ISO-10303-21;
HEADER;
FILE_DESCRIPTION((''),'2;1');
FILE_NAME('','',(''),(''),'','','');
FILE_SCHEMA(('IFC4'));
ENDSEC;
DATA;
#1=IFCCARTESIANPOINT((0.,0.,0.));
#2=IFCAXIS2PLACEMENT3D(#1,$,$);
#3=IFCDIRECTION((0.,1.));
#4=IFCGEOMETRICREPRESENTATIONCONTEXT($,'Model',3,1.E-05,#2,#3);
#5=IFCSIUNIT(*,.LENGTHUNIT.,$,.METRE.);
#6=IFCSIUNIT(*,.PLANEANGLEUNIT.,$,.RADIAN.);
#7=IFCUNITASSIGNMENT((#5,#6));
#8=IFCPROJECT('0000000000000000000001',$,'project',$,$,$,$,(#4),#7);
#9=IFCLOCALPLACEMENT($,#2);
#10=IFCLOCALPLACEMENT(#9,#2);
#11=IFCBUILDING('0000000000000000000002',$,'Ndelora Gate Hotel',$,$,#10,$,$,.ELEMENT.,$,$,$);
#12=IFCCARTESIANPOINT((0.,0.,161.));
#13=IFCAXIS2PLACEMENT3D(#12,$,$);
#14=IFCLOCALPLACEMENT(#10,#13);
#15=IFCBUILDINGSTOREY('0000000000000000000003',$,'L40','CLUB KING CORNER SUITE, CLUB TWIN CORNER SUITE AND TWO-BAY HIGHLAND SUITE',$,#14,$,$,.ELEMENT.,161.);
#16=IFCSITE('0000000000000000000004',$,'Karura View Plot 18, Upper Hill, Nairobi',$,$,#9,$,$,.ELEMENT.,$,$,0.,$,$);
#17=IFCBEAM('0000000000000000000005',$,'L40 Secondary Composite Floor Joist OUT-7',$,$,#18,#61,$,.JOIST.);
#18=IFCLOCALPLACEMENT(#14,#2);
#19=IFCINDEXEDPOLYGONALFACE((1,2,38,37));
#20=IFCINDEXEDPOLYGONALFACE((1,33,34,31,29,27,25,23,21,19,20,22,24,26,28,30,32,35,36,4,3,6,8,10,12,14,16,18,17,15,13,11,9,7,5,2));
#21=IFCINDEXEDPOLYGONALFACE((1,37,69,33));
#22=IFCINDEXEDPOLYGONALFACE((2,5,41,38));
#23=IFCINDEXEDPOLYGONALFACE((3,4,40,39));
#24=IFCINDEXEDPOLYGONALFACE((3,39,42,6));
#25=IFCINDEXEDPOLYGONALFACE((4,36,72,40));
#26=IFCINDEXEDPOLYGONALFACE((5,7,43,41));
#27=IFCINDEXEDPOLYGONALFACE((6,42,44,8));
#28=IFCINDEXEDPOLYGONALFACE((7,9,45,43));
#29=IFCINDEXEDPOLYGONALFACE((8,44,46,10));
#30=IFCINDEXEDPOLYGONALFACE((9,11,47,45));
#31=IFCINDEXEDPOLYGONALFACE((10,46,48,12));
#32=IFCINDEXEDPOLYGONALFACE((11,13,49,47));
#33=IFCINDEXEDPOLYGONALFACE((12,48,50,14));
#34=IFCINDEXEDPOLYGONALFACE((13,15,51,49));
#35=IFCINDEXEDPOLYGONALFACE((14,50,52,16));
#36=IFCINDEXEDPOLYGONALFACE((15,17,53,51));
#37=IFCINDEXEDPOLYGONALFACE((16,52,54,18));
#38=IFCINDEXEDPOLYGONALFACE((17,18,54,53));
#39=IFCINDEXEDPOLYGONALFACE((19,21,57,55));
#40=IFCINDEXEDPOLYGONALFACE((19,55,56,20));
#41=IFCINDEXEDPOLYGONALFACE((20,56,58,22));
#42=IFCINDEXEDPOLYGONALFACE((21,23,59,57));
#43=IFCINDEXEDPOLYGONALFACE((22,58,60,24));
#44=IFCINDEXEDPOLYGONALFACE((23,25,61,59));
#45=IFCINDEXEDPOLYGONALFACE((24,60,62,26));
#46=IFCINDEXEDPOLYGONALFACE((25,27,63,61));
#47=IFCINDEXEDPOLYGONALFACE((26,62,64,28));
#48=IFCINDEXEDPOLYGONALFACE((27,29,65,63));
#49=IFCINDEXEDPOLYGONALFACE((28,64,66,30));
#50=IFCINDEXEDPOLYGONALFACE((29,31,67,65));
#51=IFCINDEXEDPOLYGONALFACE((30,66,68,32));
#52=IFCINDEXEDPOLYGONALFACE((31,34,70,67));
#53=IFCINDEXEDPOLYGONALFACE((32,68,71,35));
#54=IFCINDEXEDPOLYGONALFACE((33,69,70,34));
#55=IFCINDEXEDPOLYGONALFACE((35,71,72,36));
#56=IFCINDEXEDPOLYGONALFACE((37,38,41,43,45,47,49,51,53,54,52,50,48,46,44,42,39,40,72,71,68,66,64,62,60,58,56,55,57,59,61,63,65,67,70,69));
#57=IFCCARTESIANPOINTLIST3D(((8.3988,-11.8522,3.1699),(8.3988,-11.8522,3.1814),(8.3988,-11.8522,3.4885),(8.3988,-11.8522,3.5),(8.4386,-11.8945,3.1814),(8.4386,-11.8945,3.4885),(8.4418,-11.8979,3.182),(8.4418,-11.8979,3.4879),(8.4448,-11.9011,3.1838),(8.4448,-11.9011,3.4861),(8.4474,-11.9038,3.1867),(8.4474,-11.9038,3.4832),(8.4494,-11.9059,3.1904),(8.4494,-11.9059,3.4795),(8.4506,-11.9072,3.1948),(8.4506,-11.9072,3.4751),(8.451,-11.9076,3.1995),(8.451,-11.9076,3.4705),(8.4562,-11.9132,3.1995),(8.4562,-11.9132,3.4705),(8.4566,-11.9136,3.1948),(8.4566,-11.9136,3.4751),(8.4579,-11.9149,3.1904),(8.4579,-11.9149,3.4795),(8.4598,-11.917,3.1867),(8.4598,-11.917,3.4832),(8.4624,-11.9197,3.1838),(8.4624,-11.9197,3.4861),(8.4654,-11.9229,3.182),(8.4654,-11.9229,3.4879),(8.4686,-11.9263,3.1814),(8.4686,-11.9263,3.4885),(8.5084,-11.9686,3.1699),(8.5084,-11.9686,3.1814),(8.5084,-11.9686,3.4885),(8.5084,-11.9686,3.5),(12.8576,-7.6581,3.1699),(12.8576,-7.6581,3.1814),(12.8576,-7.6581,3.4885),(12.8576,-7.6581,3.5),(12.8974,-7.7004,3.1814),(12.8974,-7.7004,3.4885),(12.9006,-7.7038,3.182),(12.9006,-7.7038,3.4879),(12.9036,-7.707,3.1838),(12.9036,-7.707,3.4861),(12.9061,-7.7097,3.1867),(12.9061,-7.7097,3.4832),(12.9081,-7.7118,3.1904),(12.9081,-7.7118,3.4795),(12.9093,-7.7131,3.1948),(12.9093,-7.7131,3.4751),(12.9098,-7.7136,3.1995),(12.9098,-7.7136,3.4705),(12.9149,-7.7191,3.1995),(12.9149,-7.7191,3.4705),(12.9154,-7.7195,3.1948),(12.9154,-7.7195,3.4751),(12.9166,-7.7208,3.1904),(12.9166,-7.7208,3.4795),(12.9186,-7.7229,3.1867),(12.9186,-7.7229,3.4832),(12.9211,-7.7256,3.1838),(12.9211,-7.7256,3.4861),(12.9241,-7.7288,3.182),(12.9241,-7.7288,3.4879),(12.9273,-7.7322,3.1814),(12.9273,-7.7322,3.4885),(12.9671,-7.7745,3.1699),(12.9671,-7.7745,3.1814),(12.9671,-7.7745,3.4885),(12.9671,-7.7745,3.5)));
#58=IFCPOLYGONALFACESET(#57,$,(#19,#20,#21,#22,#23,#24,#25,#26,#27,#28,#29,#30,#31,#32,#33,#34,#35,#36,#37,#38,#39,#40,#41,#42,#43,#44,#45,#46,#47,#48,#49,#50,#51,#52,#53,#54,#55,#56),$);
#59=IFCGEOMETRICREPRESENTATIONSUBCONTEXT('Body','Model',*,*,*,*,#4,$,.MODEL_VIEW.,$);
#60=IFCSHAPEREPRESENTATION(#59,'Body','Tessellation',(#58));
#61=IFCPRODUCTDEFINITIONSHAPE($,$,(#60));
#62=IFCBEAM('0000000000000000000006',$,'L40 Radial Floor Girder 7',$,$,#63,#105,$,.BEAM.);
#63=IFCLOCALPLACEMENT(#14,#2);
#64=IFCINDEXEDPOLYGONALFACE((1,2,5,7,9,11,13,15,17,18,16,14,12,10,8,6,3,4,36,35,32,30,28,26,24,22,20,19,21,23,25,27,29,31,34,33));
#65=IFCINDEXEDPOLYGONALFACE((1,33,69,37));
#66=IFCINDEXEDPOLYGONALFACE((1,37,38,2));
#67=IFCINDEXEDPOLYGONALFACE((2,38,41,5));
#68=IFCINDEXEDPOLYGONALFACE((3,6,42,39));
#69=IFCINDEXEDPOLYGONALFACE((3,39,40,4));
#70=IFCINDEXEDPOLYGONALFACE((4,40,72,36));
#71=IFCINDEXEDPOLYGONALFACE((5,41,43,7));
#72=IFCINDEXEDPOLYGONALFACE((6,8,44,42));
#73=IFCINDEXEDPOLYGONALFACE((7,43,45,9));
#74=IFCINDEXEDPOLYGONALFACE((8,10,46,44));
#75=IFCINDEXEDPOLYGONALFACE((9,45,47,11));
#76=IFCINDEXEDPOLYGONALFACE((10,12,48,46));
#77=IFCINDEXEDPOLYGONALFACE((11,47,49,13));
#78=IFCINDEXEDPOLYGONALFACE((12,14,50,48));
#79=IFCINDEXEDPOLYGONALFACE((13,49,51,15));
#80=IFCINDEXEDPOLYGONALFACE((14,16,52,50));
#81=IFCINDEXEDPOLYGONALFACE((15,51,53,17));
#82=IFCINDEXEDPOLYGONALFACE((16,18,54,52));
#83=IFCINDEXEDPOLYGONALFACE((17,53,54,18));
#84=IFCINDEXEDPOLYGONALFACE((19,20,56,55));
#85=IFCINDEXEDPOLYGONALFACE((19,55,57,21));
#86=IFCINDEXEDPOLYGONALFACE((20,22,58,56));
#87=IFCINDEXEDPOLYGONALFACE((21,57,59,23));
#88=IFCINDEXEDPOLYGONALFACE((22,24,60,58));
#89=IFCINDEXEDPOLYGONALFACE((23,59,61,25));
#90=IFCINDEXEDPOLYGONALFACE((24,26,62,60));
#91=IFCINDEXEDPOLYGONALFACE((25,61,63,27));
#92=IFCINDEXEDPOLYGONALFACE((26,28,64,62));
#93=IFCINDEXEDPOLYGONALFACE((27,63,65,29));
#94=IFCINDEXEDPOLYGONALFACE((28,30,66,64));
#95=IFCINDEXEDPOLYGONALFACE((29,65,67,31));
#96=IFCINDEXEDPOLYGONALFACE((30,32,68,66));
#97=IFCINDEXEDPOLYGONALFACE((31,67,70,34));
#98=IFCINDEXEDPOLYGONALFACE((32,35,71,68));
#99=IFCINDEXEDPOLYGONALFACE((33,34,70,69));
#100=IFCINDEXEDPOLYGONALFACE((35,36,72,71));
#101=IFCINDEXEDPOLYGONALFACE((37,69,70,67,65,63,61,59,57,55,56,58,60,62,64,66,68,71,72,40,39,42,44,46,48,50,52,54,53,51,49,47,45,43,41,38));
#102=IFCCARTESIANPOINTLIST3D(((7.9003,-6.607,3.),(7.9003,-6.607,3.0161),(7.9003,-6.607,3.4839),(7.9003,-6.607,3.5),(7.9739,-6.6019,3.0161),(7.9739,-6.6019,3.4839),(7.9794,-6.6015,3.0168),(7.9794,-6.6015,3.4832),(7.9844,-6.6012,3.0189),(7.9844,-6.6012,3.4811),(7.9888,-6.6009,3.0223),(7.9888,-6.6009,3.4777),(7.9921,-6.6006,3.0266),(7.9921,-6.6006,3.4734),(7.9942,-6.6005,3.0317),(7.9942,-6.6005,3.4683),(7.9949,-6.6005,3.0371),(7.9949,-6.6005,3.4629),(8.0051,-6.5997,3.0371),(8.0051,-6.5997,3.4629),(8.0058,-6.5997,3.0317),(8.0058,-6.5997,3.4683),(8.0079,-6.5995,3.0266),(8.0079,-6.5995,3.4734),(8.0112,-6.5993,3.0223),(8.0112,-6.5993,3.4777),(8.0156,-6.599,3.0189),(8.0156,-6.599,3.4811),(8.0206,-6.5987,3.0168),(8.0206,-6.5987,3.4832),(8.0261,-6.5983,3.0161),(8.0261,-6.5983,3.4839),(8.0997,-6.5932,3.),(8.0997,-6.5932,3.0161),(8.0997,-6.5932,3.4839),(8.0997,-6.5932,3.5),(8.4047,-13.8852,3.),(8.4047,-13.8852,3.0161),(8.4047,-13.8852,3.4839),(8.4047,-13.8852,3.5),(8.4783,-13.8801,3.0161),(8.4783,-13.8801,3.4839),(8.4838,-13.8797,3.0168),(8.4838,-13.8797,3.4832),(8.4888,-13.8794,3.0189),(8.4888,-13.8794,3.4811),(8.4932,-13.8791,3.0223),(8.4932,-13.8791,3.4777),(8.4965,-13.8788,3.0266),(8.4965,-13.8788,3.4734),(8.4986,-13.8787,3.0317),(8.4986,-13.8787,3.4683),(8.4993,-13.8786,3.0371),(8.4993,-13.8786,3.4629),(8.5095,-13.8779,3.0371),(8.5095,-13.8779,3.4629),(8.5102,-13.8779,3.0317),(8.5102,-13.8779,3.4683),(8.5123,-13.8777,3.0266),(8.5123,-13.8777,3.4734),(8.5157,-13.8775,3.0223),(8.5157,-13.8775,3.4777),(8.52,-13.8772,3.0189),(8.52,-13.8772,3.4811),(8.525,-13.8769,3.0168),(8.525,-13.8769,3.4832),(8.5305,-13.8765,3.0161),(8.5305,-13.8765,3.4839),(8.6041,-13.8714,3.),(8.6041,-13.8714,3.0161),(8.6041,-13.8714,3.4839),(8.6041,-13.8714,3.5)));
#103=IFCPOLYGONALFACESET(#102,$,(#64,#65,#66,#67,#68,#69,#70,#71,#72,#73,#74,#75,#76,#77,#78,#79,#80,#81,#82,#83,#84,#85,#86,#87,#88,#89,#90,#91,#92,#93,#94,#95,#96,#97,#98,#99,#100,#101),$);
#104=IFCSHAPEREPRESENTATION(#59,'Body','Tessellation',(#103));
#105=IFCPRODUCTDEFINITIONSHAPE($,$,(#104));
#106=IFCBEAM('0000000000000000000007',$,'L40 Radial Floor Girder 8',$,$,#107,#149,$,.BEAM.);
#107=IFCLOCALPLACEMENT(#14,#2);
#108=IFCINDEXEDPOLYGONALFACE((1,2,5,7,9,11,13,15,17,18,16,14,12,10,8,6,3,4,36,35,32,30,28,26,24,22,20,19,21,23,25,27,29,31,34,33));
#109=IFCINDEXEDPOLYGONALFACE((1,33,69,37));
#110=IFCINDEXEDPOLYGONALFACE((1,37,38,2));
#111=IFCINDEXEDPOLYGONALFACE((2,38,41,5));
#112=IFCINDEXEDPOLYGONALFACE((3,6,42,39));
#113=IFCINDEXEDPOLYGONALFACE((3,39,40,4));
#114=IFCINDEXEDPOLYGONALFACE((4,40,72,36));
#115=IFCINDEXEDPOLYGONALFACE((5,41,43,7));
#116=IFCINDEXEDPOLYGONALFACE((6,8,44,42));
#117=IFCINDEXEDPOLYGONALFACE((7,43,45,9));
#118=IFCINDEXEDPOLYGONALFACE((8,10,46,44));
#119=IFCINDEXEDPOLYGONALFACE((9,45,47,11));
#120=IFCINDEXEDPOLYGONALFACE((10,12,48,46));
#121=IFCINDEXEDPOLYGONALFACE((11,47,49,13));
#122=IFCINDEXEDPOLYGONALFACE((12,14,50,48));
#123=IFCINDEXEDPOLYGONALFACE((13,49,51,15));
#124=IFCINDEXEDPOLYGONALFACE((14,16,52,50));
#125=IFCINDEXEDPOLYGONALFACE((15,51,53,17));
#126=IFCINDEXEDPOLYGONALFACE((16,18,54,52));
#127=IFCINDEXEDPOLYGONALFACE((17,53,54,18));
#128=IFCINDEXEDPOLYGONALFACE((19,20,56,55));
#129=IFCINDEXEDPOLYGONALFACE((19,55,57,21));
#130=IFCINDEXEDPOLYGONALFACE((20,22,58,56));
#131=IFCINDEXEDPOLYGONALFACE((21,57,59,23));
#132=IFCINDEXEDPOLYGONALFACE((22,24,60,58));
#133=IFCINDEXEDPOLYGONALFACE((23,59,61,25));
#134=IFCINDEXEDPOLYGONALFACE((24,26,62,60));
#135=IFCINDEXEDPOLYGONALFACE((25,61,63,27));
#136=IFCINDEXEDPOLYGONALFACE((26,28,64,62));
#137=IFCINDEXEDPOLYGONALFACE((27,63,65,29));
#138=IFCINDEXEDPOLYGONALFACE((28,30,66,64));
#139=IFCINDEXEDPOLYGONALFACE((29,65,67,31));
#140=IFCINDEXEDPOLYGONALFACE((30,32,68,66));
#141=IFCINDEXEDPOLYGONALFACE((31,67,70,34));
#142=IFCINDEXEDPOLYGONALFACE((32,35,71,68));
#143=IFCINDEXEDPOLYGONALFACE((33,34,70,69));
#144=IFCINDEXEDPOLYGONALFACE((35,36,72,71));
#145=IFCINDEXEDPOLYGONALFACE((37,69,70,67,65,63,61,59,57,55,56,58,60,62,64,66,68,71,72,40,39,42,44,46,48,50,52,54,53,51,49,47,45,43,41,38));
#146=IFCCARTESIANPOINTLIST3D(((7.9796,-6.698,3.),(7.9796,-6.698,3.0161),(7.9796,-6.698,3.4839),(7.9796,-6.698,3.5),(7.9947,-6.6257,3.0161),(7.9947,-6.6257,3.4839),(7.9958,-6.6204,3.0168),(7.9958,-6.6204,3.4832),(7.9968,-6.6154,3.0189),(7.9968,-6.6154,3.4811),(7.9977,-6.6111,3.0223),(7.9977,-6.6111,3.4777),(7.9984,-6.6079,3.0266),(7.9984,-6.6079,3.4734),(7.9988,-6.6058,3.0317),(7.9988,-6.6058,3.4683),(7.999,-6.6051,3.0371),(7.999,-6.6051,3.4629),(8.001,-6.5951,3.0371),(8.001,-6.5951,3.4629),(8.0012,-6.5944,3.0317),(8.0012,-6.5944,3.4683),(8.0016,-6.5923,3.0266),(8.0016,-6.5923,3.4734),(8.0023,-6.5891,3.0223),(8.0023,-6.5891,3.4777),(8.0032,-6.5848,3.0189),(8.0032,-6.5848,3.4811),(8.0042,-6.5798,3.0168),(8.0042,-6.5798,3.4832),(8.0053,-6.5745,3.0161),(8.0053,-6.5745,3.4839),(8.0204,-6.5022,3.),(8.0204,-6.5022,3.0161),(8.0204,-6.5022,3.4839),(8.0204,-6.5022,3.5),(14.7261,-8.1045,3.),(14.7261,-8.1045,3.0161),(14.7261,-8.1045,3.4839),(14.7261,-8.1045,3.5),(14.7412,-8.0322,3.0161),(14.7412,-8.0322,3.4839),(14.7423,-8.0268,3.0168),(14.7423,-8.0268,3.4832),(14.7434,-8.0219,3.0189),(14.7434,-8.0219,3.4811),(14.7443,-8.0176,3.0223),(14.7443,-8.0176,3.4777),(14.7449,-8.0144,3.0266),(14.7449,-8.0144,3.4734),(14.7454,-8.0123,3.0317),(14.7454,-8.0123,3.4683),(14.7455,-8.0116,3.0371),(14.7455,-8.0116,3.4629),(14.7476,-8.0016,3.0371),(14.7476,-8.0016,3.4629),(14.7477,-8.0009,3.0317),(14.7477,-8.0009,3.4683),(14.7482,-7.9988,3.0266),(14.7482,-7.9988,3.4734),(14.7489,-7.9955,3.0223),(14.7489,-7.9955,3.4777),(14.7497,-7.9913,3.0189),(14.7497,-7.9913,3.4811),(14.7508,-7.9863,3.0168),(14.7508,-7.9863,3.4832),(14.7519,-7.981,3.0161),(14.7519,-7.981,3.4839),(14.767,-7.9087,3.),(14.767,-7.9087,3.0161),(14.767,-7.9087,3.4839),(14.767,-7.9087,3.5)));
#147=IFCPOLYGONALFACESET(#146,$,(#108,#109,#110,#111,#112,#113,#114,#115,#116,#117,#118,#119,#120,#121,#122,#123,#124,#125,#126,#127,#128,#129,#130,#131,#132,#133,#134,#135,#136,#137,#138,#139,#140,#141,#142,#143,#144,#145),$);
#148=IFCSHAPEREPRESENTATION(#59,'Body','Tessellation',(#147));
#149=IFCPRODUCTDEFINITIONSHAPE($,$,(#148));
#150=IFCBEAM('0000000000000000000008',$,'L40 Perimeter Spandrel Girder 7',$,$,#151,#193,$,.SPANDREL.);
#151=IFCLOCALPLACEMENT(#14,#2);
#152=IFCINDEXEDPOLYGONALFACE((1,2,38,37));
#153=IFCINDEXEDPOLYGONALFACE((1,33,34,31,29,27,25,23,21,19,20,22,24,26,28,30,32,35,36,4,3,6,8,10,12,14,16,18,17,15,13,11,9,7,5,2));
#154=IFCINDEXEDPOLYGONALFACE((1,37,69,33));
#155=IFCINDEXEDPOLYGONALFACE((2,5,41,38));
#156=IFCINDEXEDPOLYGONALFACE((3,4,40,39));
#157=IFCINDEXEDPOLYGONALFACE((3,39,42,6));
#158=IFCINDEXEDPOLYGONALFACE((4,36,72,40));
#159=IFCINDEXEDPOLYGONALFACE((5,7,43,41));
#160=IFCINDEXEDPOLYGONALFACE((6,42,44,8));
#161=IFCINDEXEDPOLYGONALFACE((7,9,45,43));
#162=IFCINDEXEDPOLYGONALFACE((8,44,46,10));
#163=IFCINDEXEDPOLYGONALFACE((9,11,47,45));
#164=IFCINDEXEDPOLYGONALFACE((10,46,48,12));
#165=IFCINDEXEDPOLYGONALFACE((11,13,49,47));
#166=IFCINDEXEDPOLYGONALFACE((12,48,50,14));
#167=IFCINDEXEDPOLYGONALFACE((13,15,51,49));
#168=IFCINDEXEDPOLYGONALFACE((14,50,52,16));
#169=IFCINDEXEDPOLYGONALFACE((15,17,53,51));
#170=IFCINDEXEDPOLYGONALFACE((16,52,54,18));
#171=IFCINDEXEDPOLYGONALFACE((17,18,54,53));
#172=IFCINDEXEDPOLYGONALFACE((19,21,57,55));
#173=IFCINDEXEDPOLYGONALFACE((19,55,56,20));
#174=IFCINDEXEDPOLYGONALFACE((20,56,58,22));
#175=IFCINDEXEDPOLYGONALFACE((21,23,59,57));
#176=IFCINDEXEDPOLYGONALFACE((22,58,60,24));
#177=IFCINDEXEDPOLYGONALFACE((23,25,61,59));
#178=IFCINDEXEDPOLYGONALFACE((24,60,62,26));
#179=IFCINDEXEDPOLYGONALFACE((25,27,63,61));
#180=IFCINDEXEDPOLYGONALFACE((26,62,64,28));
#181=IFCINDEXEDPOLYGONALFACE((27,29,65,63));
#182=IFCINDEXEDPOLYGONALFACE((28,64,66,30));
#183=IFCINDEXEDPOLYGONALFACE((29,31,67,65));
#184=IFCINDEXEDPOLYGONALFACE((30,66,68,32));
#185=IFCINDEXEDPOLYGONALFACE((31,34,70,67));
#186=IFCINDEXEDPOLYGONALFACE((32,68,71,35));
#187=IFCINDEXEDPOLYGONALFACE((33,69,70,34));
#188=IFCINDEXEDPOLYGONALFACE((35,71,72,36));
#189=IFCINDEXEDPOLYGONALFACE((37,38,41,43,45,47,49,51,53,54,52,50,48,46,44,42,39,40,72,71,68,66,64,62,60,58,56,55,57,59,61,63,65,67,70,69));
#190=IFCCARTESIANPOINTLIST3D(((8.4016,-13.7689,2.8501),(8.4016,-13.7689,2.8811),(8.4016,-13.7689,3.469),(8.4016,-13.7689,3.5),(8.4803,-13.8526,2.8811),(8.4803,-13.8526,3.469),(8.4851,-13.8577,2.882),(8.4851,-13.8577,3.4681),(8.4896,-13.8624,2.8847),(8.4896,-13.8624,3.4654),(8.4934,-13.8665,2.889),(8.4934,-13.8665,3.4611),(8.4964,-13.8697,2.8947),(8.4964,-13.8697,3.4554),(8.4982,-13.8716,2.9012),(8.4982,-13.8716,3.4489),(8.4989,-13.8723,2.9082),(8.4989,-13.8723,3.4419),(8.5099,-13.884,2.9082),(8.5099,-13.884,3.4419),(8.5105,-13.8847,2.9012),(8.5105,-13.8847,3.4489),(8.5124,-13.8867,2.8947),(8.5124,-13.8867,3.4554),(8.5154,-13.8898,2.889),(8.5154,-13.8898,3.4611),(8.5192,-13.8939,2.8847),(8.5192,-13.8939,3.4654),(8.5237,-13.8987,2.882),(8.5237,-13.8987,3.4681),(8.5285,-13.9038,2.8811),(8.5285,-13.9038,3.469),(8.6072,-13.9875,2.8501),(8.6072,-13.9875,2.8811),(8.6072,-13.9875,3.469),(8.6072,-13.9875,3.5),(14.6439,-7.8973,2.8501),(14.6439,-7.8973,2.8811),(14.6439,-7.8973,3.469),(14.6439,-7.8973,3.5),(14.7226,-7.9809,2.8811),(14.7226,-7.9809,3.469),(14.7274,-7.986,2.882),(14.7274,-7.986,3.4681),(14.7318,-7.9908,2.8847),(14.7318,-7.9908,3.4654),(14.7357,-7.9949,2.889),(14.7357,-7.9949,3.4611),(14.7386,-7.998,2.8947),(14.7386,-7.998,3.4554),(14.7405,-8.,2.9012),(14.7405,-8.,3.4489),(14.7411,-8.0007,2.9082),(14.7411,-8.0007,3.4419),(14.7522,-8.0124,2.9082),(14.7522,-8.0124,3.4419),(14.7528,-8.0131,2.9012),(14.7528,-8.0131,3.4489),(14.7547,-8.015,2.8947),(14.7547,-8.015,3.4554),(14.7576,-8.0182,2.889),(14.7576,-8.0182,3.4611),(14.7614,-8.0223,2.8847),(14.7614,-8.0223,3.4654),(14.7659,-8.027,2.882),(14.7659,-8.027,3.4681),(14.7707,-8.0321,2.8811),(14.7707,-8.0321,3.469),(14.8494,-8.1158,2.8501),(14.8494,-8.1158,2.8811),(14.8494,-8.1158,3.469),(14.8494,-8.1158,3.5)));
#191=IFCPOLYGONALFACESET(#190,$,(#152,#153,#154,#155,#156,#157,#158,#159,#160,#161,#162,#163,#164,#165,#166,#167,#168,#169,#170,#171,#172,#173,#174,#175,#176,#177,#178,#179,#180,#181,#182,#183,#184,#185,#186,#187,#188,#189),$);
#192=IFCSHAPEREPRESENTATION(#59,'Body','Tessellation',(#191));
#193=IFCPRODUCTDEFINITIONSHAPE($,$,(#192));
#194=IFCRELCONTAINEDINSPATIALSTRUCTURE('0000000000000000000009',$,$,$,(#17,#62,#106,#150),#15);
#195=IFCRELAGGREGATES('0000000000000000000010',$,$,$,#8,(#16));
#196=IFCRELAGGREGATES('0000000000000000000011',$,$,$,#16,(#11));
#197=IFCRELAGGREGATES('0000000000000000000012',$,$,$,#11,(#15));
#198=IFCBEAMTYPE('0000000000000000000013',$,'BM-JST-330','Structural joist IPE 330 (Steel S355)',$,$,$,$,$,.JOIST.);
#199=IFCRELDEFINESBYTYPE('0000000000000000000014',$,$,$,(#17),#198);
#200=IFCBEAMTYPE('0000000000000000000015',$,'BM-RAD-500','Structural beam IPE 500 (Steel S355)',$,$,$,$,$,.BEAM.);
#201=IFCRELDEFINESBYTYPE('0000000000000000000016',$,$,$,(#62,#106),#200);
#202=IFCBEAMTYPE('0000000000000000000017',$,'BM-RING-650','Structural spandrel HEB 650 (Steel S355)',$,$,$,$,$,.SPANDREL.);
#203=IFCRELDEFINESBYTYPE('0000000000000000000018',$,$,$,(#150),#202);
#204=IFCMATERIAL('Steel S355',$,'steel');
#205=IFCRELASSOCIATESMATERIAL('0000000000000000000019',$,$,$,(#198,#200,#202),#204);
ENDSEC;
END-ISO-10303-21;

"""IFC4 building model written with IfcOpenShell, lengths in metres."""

from ifc_helpers import new_model, si_unit, direction, frame, origin, origin_2d, place, context, subcontext, project, spatial, i_section, extrude, material, material_profile, profile_set, type_object, element, save


model = new_model("IFC4")

# Units and contexts
model_context = context("Model", 3, precision=1e-05, world=origin(), true_north=direction((0.0, 1.0)))
body_context = subcontext(model_context, "Body", "Model", "MODEL_VIEW")
ifc_project = project(units=[si_unit("LENGTHUNIT", "METRE"), si_unit("PLANEANGLEUNIT", "RADIAN")], contexts=[model_context])

# Site, building, storey
site_placement = place(None, origin())
site = spatial("IfcSite", under=ifc_project, at=site_placement, Name="Karura View Plot 18, Upper Hill, Nairobi", CompositionType="ELEMENT", RefElevation=0.0)
building_placement = place(site_placement, origin())
building = spatial("IfcBuilding", under=site, at=building_placement, Name="Ndelora Gate Hotel", CompositionType="ELEMENT")
storey_placement = place(building_placement, frame((0.0, 0.0, 161.0)))
storey = spatial("IfcBuildingStorey", under=building, at=storey_placement, Name="L40", Description="CLUB KING CORNER SUITE, CLUB TWIN CORNER SUITE AND TWO-BAY HIGHLAND SUITE", CompositionType="ELEMENT", Elevation=161.0)

# Beams
ifc_material_1 = material(Name="Steel S355", Category="steel")
ifc_material_profile_1 = material_profile(ifc_material_1, i_section(OverallWidth=0.1599, OverallDepth=0.3301, WebThickness=0.0076, FlangeThickness=0.0115, FilletRadius=0.0181, at=origin_2d()), Name="IPE 330")
ifc_profile_set_1 = profile_set([ifc_material_profile_1], Name="Steel S355")
beam_type_1 = type_object("IfcBeamType", Name="BM-JST-330", Description="Structural joist IPE 330 (Steel S355)", PredefinedType="JOIST", material=ifc_profile_set_1)
beam_1_placement = place(storey_placement, frame((8.4536, -11.9104, 3.335), z_axis=(0.728393, 0.685159, 0.0), x_axis=(-0.685159, 0.728393, 0.0)))
element("IfcBeam", 1, at=beam_1_placement, inside=storey, type_object=beam_type_1, Name="L40 Secondary Composite Floor Joist OUT-7", PredefinedType="JOIST", context=body_context, shape_type="SweptSolid", body=[
    extrude(i_section(OverallWidth=0.1599, OverallDepth=0.3301, WebThickness=0.0076, FlangeThickness=0.0115, FilletRadius=0.0181, at=origin_2d()), origin(), (0.0, 0.0, 1.0), 6.1213),
])
ifc_material_profile_2 = material_profile(ifc_material_1, i_section(OverallWidth=0.2, OverallDepth=0.5, WebThickness=0.0103, FlangeThickness=0.0161, FilletRadius=0.021, at=origin_2d()), Name="IPE 500")
ifc_profile_set_2 = profile_set([ifc_material_profile_2], Name="Steel S355")
beam_type_2 = type_object("IfcBeamType", Name="BM-RAD-500", Description="Structural beam IPE 500 (Steel S355)", PredefinedType="BEAM", material=ifc_profile_set_2)
beam_2_placement = place(storey_placement, frame((8.0, -6.6001, 3.25), z_axis=(0.069137, -0.997607, 0.0), x_axis=(0.997607, 0.069137, 0.0)))
element("IfcBeam", 2, at=beam_2_placement, inside=storey, type_object=beam_type_2, Name="L40 Radial Floor Girder 7", PredefinedType="BEAM", context=body_context, shape_type="SweptSolid", body=[
    extrude(i_section(OverallWidth=0.2, OverallDepth=0.5, WebThickness=0.0103, FlangeThickness=0.0161, FilletRadius=0.021, at=origin_2d()), origin(), (0.0, 0.0, 1.0), 7.2957),
])
beam_3_placement = place(storey_placement, frame((8.0, -6.6001, 3.25), z_axis=(0.978953, -0.204087, 0.0), x_axis=(0.204087, 0.978953, 0.0)))
element("IfcBeam", 3, at=beam_3_placement, inside=storey, type_object=beam_type_2, Name="L40 Radial Floor Girder 8", PredefinedType="BEAM", context=body_context, shape_type="SweptSolid", body=[
    extrude(i_section(OverallWidth=0.2, OverallDepth=0.5, WebThickness=0.0103, FlangeThickness=0.0161, FilletRadius=0.021, at=origin_2d()), origin(), (0.0, 0.0, 1.0), 6.8916),
])
ifc_material_profile_3 = material_profile(ifc_material_1, i_section(OverallWidth=0.3, OverallDepth=0.6499, WebThickness=0.0161, FlangeThickness=0.031, FilletRadius=0.0271, at=origin_2d()), Name="HEB 650")
ifc_profile_set_3 = profile_set([ifc_material_profile_3], Name="Steel S355")
beam_type_3 = type_object("IfcBeamType", Name="BM-RING-650", Description="Structural spandrel HEB 650 (Steel S355)", PredefinedType="SPANDREL", material=ifc_profile_set_3)
beam_4_placement = place(storey_placement, frame((8.5044, -13.8782, 3.175), z_axis=(0.728399, 0.685153, 0.0), x_axis=(-0.685153, 0.728399, 0.0)))
element("IfcBeam", 4, at=beam_4_placement, inside=storey, type_object=beam_type_3, Name="L40 Perimeter Spandrel Girder 7", PredefinedType="SPANDREL", context=body_context, shape_type="SweptSolid", body=[
    extrude(i_section(OverallWidth=0.3, OverallDepth=0.6499, WebThickness=0.0161, FlangeThickness=0.031, FilletRadius=0.0271, at=origin_2d()), origin(), (0.0, 0.0, 1.0), 8.5698),
])

save(model, "model.ifc")
